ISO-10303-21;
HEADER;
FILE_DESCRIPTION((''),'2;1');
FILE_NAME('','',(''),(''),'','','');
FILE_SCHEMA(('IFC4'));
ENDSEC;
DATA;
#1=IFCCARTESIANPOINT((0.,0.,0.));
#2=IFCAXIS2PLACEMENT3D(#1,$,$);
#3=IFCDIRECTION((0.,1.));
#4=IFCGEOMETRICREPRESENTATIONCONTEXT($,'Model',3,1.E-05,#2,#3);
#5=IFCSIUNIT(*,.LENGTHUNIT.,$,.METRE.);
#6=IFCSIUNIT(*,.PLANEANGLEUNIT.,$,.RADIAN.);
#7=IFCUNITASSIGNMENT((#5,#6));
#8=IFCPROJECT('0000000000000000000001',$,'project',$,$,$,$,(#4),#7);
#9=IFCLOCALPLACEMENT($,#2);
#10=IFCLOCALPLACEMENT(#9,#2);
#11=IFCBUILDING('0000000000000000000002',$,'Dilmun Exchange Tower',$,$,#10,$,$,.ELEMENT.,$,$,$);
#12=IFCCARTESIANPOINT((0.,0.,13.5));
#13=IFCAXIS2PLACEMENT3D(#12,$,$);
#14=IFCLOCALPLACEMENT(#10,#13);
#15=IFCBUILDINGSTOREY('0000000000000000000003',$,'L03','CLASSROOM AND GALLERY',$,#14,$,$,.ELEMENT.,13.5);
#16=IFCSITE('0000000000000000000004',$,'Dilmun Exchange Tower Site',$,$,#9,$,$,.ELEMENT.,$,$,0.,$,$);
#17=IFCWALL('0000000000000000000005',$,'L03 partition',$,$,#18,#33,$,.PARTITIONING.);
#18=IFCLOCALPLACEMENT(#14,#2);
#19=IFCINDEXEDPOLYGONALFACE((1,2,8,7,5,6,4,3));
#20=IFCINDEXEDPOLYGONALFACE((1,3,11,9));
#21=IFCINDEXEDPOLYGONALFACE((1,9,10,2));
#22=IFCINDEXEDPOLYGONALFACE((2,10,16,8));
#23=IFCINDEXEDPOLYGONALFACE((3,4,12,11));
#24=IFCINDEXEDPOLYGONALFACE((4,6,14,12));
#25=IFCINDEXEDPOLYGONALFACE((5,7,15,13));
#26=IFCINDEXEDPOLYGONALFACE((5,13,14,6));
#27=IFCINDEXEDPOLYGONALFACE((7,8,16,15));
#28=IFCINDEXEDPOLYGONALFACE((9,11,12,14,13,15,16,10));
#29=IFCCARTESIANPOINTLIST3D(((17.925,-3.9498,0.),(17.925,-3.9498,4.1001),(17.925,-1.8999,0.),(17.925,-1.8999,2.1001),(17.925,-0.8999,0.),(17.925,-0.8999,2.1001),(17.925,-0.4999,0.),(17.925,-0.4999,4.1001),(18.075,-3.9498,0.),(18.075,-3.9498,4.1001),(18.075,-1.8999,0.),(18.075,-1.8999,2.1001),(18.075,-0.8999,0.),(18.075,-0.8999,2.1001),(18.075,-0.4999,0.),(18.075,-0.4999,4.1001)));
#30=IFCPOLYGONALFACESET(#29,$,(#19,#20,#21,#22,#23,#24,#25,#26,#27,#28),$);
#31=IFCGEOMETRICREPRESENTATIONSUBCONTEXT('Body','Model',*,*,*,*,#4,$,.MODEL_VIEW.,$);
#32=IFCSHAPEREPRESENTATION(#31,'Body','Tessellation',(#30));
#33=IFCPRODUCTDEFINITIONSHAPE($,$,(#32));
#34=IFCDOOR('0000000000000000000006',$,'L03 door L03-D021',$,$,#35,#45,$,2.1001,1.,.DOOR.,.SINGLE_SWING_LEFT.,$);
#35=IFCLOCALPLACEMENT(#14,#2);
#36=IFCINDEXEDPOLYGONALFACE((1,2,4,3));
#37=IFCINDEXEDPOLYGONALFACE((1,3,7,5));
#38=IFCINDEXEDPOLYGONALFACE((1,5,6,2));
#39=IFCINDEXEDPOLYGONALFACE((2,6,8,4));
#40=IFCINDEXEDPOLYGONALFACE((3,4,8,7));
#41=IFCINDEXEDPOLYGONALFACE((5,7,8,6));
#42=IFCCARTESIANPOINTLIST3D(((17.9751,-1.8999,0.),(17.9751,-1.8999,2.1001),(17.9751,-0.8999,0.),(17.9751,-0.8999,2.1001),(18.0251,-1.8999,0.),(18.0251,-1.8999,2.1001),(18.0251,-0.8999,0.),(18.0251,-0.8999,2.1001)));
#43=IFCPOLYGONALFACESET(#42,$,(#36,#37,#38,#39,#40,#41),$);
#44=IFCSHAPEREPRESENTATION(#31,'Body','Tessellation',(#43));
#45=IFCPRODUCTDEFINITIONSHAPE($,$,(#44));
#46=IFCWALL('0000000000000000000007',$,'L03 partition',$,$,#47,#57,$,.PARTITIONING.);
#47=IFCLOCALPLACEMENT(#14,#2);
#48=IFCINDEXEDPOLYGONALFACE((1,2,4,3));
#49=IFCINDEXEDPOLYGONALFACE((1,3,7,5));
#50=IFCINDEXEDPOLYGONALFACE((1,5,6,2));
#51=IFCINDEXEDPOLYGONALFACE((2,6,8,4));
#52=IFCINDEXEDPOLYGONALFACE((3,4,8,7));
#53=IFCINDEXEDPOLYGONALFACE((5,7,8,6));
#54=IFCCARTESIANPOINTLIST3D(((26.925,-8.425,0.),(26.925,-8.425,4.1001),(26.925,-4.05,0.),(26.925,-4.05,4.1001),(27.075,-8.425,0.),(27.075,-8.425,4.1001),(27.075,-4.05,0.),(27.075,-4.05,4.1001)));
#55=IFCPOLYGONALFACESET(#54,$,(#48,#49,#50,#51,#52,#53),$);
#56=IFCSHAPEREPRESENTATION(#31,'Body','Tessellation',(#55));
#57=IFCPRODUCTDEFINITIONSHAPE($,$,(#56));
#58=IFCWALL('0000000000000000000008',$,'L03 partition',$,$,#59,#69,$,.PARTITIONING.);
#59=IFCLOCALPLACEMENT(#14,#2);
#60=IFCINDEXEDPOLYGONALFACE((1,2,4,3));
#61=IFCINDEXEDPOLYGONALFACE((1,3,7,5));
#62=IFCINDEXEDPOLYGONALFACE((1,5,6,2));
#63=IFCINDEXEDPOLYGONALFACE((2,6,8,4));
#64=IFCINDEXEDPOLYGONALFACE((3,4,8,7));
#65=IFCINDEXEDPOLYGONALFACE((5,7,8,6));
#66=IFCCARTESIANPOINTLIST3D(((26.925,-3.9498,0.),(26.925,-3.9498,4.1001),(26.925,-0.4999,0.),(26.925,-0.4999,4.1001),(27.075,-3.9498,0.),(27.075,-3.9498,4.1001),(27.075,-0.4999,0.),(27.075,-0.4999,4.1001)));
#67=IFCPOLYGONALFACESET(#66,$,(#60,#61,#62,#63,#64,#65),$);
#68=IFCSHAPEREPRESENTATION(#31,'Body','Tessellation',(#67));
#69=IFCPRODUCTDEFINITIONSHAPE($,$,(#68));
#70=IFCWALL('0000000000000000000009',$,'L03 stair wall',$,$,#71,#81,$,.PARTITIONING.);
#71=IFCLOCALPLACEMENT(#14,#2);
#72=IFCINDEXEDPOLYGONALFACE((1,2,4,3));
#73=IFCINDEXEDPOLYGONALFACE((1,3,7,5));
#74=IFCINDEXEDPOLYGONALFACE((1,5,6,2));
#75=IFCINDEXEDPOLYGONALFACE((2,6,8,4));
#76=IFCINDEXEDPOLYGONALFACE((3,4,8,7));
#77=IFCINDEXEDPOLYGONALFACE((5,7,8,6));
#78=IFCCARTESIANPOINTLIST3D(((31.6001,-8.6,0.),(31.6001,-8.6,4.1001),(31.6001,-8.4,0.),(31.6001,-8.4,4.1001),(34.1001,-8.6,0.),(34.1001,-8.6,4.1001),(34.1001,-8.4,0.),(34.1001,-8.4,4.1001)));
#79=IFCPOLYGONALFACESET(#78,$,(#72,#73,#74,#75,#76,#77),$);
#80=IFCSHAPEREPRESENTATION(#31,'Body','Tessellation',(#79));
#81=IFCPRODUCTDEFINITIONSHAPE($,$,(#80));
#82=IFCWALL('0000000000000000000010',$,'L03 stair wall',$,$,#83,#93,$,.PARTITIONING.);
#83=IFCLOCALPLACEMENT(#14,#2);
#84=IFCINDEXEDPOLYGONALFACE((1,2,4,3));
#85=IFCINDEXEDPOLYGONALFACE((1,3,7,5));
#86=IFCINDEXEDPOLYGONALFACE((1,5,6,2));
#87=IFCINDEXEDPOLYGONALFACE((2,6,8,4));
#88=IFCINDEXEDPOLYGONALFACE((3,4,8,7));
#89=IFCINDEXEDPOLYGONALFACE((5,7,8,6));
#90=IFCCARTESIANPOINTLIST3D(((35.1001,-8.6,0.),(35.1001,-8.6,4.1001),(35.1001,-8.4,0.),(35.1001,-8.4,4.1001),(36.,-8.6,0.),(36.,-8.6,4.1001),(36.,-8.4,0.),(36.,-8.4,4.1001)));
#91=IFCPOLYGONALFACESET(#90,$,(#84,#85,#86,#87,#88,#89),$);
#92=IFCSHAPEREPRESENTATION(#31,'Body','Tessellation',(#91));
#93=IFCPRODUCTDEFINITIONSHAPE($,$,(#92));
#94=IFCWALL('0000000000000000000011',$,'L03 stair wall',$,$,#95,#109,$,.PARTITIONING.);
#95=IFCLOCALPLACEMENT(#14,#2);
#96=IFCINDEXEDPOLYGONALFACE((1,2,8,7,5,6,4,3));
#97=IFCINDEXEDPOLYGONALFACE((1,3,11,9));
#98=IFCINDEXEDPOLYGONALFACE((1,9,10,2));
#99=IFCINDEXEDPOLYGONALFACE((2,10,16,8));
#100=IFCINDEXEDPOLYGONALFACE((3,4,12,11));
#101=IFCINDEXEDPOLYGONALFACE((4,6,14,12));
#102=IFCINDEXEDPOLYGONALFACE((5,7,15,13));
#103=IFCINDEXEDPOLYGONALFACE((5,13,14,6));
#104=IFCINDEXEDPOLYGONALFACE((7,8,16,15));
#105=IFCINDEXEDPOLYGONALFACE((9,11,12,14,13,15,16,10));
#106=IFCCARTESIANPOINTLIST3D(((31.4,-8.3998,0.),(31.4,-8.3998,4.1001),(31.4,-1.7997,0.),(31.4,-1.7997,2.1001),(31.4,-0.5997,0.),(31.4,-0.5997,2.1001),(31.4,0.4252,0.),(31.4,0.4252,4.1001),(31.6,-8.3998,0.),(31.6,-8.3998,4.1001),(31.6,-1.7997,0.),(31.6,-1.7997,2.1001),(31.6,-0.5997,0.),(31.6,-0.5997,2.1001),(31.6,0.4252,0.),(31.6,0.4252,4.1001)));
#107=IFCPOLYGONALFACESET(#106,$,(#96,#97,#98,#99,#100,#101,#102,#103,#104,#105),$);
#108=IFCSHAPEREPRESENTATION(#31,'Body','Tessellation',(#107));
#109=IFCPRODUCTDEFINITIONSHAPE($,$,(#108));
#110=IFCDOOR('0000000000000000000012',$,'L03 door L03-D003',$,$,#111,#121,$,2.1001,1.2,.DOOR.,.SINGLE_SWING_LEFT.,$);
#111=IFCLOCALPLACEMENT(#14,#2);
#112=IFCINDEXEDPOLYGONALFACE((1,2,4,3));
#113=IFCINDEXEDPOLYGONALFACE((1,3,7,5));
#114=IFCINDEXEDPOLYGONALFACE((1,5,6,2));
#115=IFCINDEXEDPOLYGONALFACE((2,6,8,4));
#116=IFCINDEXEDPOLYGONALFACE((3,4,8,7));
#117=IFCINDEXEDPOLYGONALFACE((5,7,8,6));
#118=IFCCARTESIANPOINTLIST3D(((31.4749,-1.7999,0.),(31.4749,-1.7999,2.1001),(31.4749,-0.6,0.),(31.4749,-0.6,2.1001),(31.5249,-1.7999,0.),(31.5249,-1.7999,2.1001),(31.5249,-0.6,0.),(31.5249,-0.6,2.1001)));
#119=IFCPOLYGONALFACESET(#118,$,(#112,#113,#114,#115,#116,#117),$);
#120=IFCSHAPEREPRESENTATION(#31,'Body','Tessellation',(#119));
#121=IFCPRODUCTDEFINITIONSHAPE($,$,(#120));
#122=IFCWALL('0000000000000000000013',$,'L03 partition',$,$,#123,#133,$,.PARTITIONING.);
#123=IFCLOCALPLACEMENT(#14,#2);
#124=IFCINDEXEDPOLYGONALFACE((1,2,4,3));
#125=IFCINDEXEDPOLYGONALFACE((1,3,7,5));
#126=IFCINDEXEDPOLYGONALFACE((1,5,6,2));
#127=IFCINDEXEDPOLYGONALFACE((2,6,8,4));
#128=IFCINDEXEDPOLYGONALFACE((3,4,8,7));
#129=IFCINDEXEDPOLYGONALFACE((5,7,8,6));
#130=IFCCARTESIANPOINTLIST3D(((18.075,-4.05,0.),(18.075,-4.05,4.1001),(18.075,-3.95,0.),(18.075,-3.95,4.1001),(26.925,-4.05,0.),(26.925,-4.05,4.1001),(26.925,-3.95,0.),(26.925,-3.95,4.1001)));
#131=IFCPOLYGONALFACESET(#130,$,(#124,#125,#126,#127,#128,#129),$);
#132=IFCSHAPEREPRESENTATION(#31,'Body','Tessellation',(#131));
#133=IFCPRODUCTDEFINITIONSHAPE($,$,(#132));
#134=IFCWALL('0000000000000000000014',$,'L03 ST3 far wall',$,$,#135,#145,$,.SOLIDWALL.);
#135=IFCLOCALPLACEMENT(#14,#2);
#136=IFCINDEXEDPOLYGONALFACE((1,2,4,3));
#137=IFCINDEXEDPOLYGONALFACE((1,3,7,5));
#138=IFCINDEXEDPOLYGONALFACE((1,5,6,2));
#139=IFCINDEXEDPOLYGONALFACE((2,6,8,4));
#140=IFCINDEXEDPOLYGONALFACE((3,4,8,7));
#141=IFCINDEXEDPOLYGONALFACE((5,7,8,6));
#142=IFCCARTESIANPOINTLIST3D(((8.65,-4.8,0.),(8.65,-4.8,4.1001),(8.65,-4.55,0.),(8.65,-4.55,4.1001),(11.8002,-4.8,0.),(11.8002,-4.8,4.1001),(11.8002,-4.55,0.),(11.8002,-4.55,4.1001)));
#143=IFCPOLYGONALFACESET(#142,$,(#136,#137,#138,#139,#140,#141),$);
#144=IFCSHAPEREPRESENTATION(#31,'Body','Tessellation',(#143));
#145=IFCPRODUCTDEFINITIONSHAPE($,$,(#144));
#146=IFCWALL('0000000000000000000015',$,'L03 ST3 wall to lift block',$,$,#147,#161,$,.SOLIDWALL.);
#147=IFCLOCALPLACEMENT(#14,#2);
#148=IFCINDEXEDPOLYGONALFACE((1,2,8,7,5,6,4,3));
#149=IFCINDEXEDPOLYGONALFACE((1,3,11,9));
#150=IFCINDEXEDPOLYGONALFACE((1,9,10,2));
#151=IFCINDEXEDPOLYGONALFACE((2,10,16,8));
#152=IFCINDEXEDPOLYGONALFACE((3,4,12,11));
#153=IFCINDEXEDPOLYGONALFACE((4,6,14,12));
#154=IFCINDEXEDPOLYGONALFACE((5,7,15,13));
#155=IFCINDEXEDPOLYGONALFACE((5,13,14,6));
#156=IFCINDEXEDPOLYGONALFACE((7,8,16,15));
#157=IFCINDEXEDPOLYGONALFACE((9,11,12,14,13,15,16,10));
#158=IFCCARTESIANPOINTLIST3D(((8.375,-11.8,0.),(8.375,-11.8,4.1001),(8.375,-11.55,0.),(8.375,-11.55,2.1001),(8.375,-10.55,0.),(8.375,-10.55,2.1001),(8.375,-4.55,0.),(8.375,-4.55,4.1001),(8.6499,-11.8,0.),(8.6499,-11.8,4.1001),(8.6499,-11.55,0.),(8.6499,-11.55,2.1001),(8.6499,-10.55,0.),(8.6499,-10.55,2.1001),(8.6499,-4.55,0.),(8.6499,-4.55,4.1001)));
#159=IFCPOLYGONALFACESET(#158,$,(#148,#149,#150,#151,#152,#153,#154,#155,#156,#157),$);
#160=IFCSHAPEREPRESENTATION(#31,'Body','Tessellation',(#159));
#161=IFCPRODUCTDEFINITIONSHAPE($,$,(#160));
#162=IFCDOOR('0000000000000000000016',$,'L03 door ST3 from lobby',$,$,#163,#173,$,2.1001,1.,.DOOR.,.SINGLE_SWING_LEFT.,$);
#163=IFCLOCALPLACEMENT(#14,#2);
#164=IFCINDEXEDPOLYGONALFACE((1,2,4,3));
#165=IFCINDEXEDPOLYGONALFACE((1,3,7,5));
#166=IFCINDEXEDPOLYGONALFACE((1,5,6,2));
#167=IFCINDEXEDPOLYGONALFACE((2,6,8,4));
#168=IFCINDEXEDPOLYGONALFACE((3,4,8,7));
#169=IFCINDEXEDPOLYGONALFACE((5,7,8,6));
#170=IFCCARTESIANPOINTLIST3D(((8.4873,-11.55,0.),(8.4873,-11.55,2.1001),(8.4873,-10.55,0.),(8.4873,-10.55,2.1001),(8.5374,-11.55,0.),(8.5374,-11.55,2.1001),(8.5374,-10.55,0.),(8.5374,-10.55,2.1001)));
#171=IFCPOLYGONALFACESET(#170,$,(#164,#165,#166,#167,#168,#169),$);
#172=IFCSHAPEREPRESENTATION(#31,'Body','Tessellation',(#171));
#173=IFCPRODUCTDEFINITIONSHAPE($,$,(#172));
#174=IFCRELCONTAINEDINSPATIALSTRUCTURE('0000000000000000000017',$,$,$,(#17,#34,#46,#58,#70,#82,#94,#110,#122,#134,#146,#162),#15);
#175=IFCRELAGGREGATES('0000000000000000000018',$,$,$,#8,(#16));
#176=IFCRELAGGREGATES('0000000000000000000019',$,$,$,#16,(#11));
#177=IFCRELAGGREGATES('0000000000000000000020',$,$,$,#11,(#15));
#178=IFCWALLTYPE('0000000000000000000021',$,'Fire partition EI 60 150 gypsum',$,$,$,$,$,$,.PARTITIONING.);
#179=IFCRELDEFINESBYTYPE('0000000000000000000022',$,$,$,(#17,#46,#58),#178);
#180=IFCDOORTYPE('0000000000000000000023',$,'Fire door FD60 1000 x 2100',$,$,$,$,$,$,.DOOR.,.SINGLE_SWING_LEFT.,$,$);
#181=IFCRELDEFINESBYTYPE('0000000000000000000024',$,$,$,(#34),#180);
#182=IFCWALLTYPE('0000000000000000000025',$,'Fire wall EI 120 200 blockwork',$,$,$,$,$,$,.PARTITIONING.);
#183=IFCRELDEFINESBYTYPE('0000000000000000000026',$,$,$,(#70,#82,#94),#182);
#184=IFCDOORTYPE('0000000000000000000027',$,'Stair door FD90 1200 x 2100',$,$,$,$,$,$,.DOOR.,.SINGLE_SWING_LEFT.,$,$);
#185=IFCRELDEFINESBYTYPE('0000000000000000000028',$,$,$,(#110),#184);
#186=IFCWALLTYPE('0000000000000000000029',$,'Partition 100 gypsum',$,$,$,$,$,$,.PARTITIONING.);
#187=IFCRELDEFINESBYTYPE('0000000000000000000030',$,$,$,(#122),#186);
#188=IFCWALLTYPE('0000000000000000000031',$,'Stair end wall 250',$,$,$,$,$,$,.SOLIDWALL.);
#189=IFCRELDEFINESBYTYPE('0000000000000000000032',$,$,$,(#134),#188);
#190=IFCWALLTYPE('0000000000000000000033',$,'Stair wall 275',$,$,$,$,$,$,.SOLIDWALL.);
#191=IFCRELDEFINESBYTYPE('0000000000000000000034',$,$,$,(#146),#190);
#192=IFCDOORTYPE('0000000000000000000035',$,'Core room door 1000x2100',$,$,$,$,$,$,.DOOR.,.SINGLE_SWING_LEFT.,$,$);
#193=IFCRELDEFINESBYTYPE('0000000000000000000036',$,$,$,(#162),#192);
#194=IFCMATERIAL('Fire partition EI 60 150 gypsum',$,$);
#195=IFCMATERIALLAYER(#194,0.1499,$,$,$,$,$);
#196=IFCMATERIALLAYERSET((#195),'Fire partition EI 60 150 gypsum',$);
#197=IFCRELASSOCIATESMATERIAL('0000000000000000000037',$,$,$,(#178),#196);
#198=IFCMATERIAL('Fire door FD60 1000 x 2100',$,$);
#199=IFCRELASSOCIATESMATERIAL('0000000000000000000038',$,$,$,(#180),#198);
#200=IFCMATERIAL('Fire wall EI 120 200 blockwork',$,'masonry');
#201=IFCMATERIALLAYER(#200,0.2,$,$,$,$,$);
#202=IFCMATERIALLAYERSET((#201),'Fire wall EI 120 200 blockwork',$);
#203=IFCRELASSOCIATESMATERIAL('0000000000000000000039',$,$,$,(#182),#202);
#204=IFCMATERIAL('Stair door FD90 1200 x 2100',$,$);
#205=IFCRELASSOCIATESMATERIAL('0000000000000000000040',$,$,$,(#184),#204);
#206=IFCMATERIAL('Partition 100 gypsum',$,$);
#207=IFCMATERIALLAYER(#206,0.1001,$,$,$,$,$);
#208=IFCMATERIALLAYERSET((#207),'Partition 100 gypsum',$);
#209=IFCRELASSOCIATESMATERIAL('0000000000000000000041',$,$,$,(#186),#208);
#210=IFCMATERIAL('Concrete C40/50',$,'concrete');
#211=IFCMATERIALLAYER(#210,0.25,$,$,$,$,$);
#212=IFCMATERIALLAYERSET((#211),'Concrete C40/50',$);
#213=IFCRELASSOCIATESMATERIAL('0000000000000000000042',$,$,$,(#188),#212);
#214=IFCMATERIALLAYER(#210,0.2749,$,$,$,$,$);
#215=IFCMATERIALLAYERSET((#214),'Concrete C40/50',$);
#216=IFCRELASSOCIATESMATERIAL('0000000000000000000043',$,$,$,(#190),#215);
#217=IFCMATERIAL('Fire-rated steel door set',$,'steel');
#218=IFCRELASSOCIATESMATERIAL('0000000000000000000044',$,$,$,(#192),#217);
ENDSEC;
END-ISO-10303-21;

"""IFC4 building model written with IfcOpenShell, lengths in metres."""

from ifc_helpers import new_model, si_unit, direction, frame, frame_2d, origin, place, context, subcontext, project, spatial, rectangle, extrude, material, layer, layer_set, type_object, element, fill, save


model = new_model("IFC4")

# Units and contexts
model_context = context("Model", 3, precision=1e-05, world=origin(), true_north=direction((0.0, 1.0)))
body_context = subcontext(model_context, "Body", "Model", "MODEL_VIEW")
ifc_project = project(units=[si_unit("LENGTHUNIT", "METRE"), si_unit("PLANEANGLEUNIT", "RADIAN")], contexts=[model_context])

# Site, building, storey
site_placement = place(None, origin())
site = spatial("IfcSite", under=ifc_project, at=site_placement, Name="Dilmun Exchange Tower Site", CompositionType="ELEMENT", RefElevation=0.0)
building_placement = place(site_placement, origin())
building = spatial("IfcBuilding", under=site, at=building_placement, Name="Dilmun Exchange Tower", CompositionType="ELEMENT")
storey_placement = place(building_placement, frame((0.0, 0.0, 13.5)))
storey = spatial("IfcBuildingStorey", under=building, at=storey_placement, Name="L03", Description="CLASSROOM AND GALLERY", CompositionType="ELEMENT", Elevation=13.5)

# Shared definitions
ifc_material_1 = material(Name="Concrete C40/50", Category="concrete")

# Shared definitions
ifc_material_2 = material(Name="Fire-rated steel door set", Category="steel")

# Shared definitions
ifc_material_3 = material(Name="Fire partition EI 60 150 gypsum")
ifc_layer_1 = layer(ifc_material_3, 0.1499)
ifc_layer_set_1 = layer_set([ifc_layer_1], Name="Fire partition EI 60 150 gypsum")
wall_type_1 = type_object("IfcWallType", Name="Fire partition EI 60 150 gypsum", PredefinedType="PARTITIONING", material=ifc_layer_set_1)

# Shared definitions
ifc_material_4 = material(Name="Fire door FD60 1000 x 2100")
door_type_1 = type_object("IfcDoorType", Name="Fire door FD60 1000 x 2100", OperationType="SINGLE_SWING_LEFT", PredefinedType="DOOR", material=ifc_material_4)

# Wall, opening, door
wall_1_placement = place(storey_placement, frame((18.0, -3.95, 0.0), z_axis=(0.0, 0.0, 1.0), x_axis=(0.0, 1.0, 0.0)))
wall_1 = element("IfcWall", 1, at=wall_1_placement, inside=storey, type_object=wall_type_1, Name="L03 partition", PredefinedType="PARTITIONING", context=body_context, shape_type="SweptSolid", body=[
    extrude(rectangle(XDim=3.45, YDim=0.1499, at=frame_2d((1.7251, 0.0))), origin(), (0.0, 0.0, 1.0), 4.1001),
])
opening_1_placement = place(wall_1_placement, frame((2.05, 0.0, 0.0)))
opening_1 = element("IfcOpeningElement", 2, at=opening_1_placement, cuts=wall_1, PredefinedType="OPENING", context=body_context, shape_type="SweptSolid", body=[
    extrude(rectangle(XDim=1.0, YDim=2.1001, at=frame_2d((0.5, 1.05))), frame((0.0, 0.085, 0.0), z_axis=(0.0, -1.0, 0.0), x_axis=(1.0, 0.0, 0.0)), (0.0, 0.0, 1.0), 0.1699),
])
door_1_placement = place(opening_1_placement, origin())
door_1 = element("IfcDoor", 3, at=door_1_placement, inside=storey, type_object=door_type_1, Name="L03 door L03-D021", OperationType="SINGLE_SWING_LEFT", OverallHeight=2.1001, OverallWidth=1.0, PredefinedType="DOOR", context=body_context, shape_type="SweptSolid", body=[
    extrude(rectangle(XDim=1.0, YDim=2.1001, at=frame_2d((0.5, 1.05))), frame((0.0, 0.0249, 0.0), z_axis=(0.0, -1.0, 0.0), x_axis=(1.0, 0.0, 0.0)), (0.0, 0.0, 1.0), 0.05),
])
fill(opening_1, door_1)

# Walls
wall_2_placement = place(storey_placement, frame((27.0, -8.425, 0.0), z_axis=(0.0, 0.0, 1.0), x_axis=(0.0, 1.0, 0.0)))
element("IfcWall", 4, at=wall_2_placement, inside=storey, type_object=wall_type_1, Name="L03 partition", PredefinedType="PARTITIONING", context=body_context, shape_type="SweptSolid", body=[
    extrude(rectangle(XDim=4.375, YDim=0.1499, at=frame_2d((2.1875, 0.0))), origin(), (0.0, 0.0, 1.0), 4.1001),
])
wall_3_placement = place(storey_placement, frame((27.0, -3.95, 0.0), z_axis=(0.0, 0.0, 1.0), x_axis=(0.0, 1.0, 0.0)))
element("IfcWall", 5, at=wall_3_placement, inside=storey, type_object=wall_type_1, Name="L03 partition", PredefinedType="PARTITIONING", context=body_context, shape_type="SweptSolid", body=[
    extrude(rectangle(XDim=3.45, YDim=0.1499, at=frame_2d((1.7251, 0.0))), origin(), (0.0, 0.0, 1.0), 4.1001),
])
ifc_material_5 = material(Name="Fire wall EI 120 200 blockwork", Category="masonry")
ifc_layer_2 = layer(ifc_material_5, 0.2)
ifc_layer_set_2 = layer_set([ifc_layer_2], Name="Fire wall EI 120 200 blockwork")
wall_type_2 = type_object("IfcWallType", Name="Fire wall EI 120 200 blockwork", PredefinedType="PARTITIONING", material=ifc_layer_set_2)
wall_4_placement = place(storey_placement, frame((31.6001, -8.5, 0.0), z_axis=(0.0, 0.0, 1.0), x_axis=(1.0, 0.0, 0.0)))
element("IfcWall", 6, at=wall_4_placement, inside=storey, type_object=wall_type_2, Name="L03 stair wall", PredefinedType="PARTITIONING", context=body_context, shape_type="SweptSolid", body=[
    extrude(rectangle(XDim=2.5, YDim=0.2, at=frame_2d((1.25, 0.0))), origin(), (0.0, 0.0, 1.0), 4.1001),
])
wall_5_placement = place(storey_placement, frame((35.1001, -8.5, 0.0), z_axis=(0.0, 0.0, 1.0), x_axis=(1.0, 0.0, 0.0)))
element("IfcWall", 7, at=wall_5_placement, inside=storey, type_object=wall_type_2, Name="L03 stair wall", PredefinedType="PARTITIONING", context=body_context, shape_type="SweptSolid", body=[
    extrude(rectangle(XDim=0.8999, YDim=0.2, at=frame_2d((0.45, 0.0))), origin(), (0.0, 0.0, 1.0), 4.1001),
])

# Wall, opening, door
wall_6_placement = place(storey_placement, frame((31.5, -8.3999, 0.0), z_axis=(0.0, 0.0, 1.0), x_axis=(0.0, 1.0, 0.0)))
wall_6 = element("IfcWall", 8, at=wall_6_placement, inside=storey, type_object=wall_type_2, Name="L03 stair wall", PredefinedType="PARTITIONING", context=body_context, shape_type="SweptSolid", body=[
    extrude(rectangle(XDim=8.825, YDim=0.2, at=frame_2d((4.4126, 0.0))), origin(), (0.0, 0.0, 1.0), 4.1001),
])
opening_2_placement = place(wall_6_placement, frame((6.6001, 0.0, 0.0)))
opening_2 = element("IfcOpeningElement", 9, at=opening_2_placement, cuts=wall_6, PredefinedType="OPENING", context=body_context, shape_type="SweptSolid", body=[
    extrude(rectangle(XDim=1.2, YDim=2.1001, at=frame_2d((0.6001, 1.05))), frame((0.0, 0.1099, 0.0), z_axis=(0.0, -1.0, 0.0), x_axis=(1.0, 0.0, 0.0)), (0.0, 0.0, 1.0), 0.22),
])
ifc_material_6 = material(Name="Stair door FD90 1200 x 2100")
door_type_2 = type_object("IfcDoorType", Name="Stair door FD90 1200 x 2100", OperationType="SINGLE_SWING_LEFT", PredefinedType="DOOR", material=ifc_material_6)
door_2_placement = place(opening_2_placement, frame((1.2, 0.0, 0.0), z_axis=(0.0, 0.0, 1.0), x_axis=(-1.0, 0.0, 0.0)))
door_2 = element("IfcDoor", 10, at=door_2_placement, inside=storey, type_object=door_type_2, Name="L03 door L03-D003", OperationType="SINGLE_SWING_LEFT", OverallHeight=2.1001, OverallWidth=1.2, PredefinedType="DOOR", context=body_context, shape_type="SweptSolid", body=[
    extrude(rectangle(XDim=1.2, YDim=2.1001, at=frame_2d((0.6001, 1.05))), frame((0.0, 0.0249, 0.0), z_axis=(0.0, -1.0, 0.0), x_axis=(1.0, 0.0, 0.0)), (0.0, 0.0, 1.0), 0.05),
])
fill(opening_2, door_2)

# Walls
ifc_material_7 = material(Name="Partition 100 gypsum")
ifc_layer_3 = layer(ifc_material_7, 0.1001)
ifc_layer_set_3 = layer_set([ifc_layer_3], Name="Partition 100 gypsum")
wall_type_3 = type_object("IfcWallType", Name="Partition 100 gypsum", PredefinedType="PARTITIONING", material=ifc_layer_set_3)
wall_7_placement = place(storey_placement, frame((18.075, -4.0, 0.0), z_axis=(0.0, 0.0, 1.0), x_axis=(1.0, 0.0, 0.0)))
element("IfcWall", 11, at=wall_7_placement, inside=storey, type_object=wall_type_3, Name="L03 partition", PredefinedType="PARTITIONING", context=body_context, shape_type="SweptSolid", body=[
    extrude(rectangle(XDim=8.8501, YDim=0.1001, at=frame_2d((4.425, 0.0))), origin(), (0.0, 0.0, 1.0), 4.1001),
])
ifc_layer_4 = layer(ifc_material_1, 0.25)
ifc_layer_set_4 = layer_set([ifc_layer_4], Name="Concrete C40/50")
wall_type_4 = type_object("IfcWallType", Name="Stair end wall 250", PredefinedType="SOLIDWALL", material=ifc_layer_set_4)
wall_8_placement = place(storey_placement, frame((8.6499, -4.675, 0.0), z_axis=(0.0, 0.0, 1.0), x_axis=(1.0, 0.0, 0.0)))
element("IfcWall", 12, at=wall_8_placement, inside=storey, type_object=wall_type_4, Name="L03 ST3 far wall", PredefinedType="SOLIDWALL", context=body_context, shape_type="SweptSolid", body=[
    extrude(rectangle(XDim=3.1501, YDim=0.25, at=frame_2d((1.5752, 0.0))), origin(), (0.0, 0.0, 1.0), 4.1001),
])

# Wall, opening, door
ifc_layer_5 = layer(ifc_material_1, 0.2749)
ifc_layer_set_5 = layer_set([ifc_layer_5], Name="Concrete C40/50")
wall_type_5 = type_object("IfcWallType", Name="Stair wall 275", PredefinedType="SOLIDWALL", material=ifc_layer_set_5)
wall_9_placement = place(storey_placement, frame((8.5125, -4.55, 0.0), z_axis=(0.0, 0.0, 1.0), x_axis=(0.0, -1.0, 0.0)))
wall_9 = element("IfcWall", 13, at=wall_9_placement, inside=storey, type_object=wall_type_5, Name="L03 ST3 wall to lift block", PredefinedType="SOLIDWALL", context=body_context, shape_type="SweptSolid", body=[
    extrude(rectangle(XDim=7.25, YDim=0.2749, at=frame_2d((3.625, 0.0))), origin(), (0.0, 0.0, 1.0), 4.1001),
])
opening_3_placement = place(wall_9_placement, frame((6.0, 0.0, 0.0)))
opening_3 = element("IfcOpeningElement", 14, at=opening_3_placement, cuts=wall_9, PredefinedType="OPENING", context=body_context, shape_type="SweptSolid", body=[
    extrude(rectangle(XDim=1.0, YDim=2.1001, at=frame_2d((0.5, 1.05))), frame((0.0, 0.1475, 0.0), z_axis=(0.0, -1.0, 0.0), x_axis=(1.0, 0.0, 0.0)), (0.0, 0.0, 1.0), 0.2949),
])
door_type_3 = type_object("IfcDoorType", Name="Core room door 1000x2100", OperationType="SINGLE_SWING_LEFT", PredefinedType="DOOR", material=ifc_material_2)
door_3_placement = place(opening_3_placement, origin())
door_3 = element("IfcDoor", 15, at=door_3_placement, inside=storey, type_object=door_type_3, Name="L03 door ST3 from lobby", OperationType="SINGLE_SWING_LEFT", OverallHeight=2.1001, OverallWidth=1.0, PredefinedType="DOOR", context=body_context, shape_type="SweptSolid", body=[
    extrude(rectangle(XDim=1.0, YDim=2.1001, at=frame_2d((0.5, 1.05))), frame((0.0, 0.0249, 0.0), z_axis=(0.0, -1.0, 0.0), x_axis=(1.0, 0.0, 0.0)), (0.0, 0.0, 1.0), 0.05),
])
fill(opening_3, door_3)

save(model, "model.ifc")
